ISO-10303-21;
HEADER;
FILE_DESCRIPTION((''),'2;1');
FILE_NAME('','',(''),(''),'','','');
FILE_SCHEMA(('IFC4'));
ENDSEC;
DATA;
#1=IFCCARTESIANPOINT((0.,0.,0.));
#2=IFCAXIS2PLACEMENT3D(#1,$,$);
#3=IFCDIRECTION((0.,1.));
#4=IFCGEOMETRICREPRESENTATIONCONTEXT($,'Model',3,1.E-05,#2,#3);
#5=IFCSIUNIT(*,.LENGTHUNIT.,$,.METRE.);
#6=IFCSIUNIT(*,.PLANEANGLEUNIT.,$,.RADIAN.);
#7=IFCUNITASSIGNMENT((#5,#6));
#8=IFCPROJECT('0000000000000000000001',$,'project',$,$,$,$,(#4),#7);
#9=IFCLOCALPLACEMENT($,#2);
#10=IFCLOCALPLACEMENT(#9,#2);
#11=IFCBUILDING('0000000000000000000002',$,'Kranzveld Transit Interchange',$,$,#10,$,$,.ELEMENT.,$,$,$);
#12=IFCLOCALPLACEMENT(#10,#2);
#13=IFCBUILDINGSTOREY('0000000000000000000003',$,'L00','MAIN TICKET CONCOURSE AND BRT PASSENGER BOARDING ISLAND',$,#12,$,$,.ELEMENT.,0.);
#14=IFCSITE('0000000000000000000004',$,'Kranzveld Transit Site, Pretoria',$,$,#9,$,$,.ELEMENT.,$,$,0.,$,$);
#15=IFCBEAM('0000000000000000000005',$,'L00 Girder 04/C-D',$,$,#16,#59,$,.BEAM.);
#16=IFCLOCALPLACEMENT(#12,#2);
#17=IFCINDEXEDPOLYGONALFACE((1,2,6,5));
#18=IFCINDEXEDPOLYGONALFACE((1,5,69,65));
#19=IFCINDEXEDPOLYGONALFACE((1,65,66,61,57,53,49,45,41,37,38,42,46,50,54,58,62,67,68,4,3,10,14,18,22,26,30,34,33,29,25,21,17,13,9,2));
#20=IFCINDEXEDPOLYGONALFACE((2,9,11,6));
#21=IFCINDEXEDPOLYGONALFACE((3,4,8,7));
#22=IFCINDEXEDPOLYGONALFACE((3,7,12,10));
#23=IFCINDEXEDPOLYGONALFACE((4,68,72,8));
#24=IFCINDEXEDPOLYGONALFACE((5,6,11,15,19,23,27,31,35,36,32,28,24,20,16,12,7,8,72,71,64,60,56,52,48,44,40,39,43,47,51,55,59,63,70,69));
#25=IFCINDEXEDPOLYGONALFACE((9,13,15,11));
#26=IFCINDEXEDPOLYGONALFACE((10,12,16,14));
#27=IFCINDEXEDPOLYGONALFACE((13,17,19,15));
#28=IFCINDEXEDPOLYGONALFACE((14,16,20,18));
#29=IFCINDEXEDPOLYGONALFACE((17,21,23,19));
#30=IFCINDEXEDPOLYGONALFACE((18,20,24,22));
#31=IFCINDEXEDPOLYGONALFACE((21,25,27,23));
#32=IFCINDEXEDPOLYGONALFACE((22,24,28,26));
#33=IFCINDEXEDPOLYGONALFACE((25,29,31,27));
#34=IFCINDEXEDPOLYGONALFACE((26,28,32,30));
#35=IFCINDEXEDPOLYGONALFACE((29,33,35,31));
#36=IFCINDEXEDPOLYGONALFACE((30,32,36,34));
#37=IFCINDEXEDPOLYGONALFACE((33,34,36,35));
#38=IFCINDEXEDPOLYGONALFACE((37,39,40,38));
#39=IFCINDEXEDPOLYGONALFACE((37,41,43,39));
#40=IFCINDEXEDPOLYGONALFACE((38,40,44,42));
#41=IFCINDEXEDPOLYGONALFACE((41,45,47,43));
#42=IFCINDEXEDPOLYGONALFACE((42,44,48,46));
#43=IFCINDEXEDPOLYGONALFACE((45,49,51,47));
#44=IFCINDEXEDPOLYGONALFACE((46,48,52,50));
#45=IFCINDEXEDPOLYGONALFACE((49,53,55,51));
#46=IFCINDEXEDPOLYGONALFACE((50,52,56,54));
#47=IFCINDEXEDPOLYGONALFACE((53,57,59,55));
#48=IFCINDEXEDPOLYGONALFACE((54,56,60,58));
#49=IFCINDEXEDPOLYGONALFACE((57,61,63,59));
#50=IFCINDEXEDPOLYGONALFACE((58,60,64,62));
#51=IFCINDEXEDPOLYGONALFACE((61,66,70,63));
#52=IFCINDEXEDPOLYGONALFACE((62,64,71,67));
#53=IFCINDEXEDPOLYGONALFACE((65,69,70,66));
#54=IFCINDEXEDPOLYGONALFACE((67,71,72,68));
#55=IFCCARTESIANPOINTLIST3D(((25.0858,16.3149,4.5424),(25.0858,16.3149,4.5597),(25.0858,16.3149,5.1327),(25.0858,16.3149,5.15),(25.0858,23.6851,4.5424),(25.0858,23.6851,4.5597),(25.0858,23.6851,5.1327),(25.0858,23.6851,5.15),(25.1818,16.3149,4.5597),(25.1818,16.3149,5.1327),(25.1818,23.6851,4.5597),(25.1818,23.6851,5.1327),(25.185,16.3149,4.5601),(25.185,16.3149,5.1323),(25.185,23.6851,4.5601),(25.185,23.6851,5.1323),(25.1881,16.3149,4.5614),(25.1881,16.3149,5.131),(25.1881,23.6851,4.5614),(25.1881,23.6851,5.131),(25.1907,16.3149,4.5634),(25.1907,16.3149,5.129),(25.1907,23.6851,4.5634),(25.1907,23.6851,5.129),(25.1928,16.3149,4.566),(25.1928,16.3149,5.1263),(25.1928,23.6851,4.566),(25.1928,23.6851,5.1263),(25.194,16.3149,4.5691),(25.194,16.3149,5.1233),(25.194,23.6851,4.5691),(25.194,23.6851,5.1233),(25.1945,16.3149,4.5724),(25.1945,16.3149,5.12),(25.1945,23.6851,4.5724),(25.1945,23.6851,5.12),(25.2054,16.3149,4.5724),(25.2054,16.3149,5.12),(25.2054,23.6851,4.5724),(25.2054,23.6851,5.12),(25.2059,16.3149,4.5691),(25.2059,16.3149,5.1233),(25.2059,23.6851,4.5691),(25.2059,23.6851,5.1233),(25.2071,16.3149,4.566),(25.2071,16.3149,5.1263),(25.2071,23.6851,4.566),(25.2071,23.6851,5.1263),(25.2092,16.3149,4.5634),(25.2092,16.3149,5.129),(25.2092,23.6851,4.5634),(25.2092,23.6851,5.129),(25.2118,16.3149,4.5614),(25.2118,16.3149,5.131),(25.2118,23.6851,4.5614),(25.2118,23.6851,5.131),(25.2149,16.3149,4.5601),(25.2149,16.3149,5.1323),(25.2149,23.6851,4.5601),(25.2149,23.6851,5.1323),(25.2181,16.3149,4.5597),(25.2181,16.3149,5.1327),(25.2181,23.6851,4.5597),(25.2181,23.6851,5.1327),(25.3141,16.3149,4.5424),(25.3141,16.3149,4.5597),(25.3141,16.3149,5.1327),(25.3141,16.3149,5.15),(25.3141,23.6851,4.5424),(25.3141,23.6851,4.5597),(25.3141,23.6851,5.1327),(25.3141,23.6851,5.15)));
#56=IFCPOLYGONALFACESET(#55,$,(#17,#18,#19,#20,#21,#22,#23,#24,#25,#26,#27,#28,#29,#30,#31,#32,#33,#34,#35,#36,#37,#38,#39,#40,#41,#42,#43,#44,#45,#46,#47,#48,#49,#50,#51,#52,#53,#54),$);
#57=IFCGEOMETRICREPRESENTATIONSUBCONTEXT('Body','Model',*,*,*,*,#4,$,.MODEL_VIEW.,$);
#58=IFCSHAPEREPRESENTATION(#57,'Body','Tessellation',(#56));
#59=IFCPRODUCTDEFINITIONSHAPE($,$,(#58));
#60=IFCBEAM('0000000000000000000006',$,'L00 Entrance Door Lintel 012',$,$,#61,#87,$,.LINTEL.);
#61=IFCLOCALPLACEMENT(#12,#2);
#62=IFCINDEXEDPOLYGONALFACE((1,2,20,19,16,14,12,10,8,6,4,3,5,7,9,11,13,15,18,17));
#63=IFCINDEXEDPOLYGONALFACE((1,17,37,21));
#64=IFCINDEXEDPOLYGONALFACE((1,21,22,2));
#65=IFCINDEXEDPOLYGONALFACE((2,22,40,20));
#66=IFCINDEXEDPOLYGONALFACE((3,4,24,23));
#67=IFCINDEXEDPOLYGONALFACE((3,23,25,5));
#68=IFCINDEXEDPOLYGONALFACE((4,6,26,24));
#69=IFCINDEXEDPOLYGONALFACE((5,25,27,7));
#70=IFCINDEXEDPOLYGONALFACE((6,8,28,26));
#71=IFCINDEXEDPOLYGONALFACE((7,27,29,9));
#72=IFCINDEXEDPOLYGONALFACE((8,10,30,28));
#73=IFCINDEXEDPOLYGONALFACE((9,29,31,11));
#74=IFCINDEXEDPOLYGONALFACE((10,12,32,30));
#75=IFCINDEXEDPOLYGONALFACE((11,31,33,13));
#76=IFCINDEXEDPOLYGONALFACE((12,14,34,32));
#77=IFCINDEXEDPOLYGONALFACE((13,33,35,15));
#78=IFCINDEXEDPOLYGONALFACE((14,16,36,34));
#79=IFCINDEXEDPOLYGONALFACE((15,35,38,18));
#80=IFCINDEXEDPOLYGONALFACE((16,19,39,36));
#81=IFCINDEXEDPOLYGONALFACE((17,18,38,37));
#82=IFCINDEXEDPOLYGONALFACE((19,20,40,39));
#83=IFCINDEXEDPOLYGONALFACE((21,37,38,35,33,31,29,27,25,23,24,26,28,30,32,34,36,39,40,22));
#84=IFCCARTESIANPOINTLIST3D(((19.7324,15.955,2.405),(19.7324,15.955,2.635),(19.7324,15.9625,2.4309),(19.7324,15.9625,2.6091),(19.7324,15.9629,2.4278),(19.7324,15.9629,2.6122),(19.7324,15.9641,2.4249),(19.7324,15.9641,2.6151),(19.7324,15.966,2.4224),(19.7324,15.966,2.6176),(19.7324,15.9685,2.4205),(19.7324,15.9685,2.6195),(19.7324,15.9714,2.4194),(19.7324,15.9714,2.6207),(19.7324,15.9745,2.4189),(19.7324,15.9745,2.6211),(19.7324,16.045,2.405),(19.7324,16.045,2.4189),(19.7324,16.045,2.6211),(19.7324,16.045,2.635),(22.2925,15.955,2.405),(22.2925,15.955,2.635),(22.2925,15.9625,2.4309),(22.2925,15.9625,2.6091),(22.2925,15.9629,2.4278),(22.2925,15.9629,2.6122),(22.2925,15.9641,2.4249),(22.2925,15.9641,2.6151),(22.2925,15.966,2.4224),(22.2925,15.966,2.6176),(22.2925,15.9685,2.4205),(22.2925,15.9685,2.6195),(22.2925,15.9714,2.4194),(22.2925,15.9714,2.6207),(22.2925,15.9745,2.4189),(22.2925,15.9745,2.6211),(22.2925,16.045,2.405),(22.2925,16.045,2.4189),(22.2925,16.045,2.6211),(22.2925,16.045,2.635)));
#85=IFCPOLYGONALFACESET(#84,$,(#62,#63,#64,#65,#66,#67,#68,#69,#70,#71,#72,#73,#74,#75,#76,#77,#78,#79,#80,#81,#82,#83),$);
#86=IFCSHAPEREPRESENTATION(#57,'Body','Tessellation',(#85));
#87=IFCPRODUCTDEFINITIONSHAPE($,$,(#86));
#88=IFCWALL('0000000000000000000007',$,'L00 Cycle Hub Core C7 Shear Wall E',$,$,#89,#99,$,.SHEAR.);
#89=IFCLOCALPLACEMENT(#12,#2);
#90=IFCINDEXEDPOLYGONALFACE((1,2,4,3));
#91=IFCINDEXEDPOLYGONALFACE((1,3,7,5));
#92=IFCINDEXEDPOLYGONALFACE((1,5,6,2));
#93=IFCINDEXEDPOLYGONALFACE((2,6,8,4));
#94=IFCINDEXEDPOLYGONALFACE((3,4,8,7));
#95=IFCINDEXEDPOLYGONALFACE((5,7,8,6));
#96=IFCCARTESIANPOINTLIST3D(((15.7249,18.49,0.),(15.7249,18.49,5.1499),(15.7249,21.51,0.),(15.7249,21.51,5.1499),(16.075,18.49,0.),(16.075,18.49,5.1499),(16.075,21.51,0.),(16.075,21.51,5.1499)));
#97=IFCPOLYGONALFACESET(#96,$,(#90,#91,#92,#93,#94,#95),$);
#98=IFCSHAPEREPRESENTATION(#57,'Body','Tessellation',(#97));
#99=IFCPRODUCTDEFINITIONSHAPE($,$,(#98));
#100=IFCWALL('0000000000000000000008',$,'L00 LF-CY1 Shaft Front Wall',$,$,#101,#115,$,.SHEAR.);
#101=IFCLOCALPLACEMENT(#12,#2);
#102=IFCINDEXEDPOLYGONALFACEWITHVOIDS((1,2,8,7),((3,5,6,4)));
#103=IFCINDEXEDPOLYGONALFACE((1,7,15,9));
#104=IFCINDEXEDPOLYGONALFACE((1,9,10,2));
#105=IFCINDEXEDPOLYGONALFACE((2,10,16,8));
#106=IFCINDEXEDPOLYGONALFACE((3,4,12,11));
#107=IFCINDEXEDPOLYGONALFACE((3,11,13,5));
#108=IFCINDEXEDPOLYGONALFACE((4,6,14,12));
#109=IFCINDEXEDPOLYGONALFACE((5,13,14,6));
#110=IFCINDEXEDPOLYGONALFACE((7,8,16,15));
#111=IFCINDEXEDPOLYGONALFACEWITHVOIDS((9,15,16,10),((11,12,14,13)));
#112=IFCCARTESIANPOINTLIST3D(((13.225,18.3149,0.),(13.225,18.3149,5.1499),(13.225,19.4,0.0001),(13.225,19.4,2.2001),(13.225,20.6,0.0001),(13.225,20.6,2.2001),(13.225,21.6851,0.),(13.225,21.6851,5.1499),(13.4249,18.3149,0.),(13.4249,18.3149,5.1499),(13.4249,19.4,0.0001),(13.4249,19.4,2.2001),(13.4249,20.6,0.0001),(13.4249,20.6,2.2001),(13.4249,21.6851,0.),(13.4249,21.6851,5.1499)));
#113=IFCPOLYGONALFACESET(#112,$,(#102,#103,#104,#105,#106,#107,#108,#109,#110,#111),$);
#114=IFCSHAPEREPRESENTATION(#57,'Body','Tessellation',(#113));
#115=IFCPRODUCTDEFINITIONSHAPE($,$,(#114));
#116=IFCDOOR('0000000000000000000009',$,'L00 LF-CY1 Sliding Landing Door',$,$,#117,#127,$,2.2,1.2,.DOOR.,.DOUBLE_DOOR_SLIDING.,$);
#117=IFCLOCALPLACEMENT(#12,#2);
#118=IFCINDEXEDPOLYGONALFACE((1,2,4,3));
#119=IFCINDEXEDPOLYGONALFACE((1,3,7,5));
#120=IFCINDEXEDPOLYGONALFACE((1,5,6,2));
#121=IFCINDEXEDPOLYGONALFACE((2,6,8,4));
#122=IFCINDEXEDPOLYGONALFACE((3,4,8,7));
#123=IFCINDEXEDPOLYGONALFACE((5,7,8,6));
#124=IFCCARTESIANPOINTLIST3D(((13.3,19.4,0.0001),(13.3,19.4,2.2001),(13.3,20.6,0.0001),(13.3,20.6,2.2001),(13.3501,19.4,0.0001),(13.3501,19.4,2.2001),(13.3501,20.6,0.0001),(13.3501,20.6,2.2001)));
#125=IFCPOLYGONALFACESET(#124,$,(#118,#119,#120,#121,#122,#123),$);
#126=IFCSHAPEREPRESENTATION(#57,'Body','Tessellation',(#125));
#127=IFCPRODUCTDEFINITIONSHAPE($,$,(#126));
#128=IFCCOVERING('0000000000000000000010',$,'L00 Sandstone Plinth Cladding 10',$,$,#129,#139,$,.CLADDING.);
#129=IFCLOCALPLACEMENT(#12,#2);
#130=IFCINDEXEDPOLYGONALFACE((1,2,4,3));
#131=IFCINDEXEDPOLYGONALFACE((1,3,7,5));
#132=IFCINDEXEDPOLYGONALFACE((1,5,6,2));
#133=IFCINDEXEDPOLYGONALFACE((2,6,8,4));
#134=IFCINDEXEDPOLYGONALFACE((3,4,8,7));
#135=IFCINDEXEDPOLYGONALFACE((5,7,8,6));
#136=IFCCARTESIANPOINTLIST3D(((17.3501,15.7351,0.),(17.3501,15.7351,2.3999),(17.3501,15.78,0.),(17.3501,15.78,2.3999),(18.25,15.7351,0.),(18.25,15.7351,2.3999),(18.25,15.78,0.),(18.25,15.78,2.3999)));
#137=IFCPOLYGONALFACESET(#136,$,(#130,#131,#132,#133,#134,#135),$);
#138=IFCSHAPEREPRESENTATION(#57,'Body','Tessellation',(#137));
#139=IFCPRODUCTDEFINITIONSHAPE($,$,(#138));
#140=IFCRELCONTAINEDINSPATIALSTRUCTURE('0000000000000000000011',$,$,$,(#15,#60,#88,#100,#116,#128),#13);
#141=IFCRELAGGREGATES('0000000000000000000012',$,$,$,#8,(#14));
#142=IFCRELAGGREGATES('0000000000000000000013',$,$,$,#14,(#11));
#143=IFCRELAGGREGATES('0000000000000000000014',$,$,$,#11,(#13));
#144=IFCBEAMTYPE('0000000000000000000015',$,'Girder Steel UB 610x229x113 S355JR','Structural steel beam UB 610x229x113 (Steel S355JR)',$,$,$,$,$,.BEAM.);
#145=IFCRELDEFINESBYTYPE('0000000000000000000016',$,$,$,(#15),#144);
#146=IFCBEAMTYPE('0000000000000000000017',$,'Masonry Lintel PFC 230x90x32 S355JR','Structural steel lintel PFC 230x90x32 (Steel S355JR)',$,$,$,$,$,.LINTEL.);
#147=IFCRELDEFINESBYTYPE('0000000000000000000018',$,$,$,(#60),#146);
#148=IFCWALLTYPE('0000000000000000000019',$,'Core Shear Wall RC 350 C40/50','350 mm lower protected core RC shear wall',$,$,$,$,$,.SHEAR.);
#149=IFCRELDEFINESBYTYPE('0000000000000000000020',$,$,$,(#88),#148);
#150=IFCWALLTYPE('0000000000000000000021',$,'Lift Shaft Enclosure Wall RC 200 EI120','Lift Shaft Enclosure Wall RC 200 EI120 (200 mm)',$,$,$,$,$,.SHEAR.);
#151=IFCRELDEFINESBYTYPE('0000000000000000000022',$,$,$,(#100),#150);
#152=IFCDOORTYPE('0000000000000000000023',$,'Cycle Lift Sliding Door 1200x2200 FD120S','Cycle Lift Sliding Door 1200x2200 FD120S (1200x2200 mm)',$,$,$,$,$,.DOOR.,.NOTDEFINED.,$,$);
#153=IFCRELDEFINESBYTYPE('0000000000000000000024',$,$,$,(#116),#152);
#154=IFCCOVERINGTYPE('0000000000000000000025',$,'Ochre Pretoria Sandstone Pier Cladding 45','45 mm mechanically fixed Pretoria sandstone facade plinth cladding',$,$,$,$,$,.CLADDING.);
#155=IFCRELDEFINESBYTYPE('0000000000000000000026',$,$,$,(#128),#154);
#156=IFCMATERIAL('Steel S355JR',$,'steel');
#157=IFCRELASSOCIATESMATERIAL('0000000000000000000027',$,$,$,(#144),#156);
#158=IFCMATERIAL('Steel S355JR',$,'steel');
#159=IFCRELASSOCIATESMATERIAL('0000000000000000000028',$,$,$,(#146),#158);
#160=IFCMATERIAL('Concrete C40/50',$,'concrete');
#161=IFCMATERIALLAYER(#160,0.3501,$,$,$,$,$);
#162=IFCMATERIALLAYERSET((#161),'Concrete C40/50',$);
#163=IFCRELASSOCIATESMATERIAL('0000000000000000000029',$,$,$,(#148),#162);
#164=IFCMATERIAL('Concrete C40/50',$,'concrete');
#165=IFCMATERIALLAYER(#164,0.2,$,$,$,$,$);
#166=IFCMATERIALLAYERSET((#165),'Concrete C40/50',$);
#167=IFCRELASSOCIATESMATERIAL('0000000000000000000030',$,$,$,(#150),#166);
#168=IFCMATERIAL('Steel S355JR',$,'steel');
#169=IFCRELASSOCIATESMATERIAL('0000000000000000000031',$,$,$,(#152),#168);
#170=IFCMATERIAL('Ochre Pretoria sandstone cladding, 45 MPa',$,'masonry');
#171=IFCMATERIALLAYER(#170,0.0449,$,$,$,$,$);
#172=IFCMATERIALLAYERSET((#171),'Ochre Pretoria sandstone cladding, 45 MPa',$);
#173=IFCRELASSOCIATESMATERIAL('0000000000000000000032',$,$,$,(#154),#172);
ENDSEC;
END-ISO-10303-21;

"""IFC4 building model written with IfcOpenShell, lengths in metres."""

from ifc_helpers import new_model, si_unit, direction, frame, frame_2d, origin, origin_2d, place, context, subcontext, project, spatial, rectangle, i_section, u_section, extrude, material, layer, layer_set, material_profile, profile_set, type_object, element, fill, save


model = new_model("IFC4")

# Units and contexts
model_context = context("Model", 3, precision=1e-05, world=origin(), true_north=direction((0.0, 1.0)))
body_context = subcontext(model_context, "Body", "Model", "MODEL_VIEW")
ifc_project = project(units=[si_unit("LENGTHUNIT", "METRE"), si_unit("PLANEANGLEUNIT", "RADIAN")], contexts=[model_context])

# Site, building, storey
site_placement = place(None, origin())
site = spatial("IfcSite", under=ifc_project, at=site_placement, Name="Kranzveld Transit Site, Pretoria", CompositionType="ELEMENT", RefElevation=0.0)
building_placement = place(site_placement, origin())
building = spatial("IfcBuilding", under=site, at=building_placement, Name="Kranzveld Transit Interchange", CompositionType="ELEMENT")
storey_placement = place(building_placement, origin())
storey = spatial("IfcBuildingStorey", under=building, at=storey_placement, Name="L00", Description="MAIN TICKET CONCOURSE AND BRT PASSENGER BOARDING ISLAND", CompositionType="ELEMENT", Elevation=0.0)

# Beams
ifc_material_1 = material(Name="Steel S355JR", Category="steel")
ifc_material_profile_1 = material_profile(ifc_material_1, i_section(OverallWidth=0.2283, OverallDepth=0.6077, WebThickness=0.011, FlangeThickness=0.0173, FilletRadius=0.0127, at=origin_2d()), Name="UB 610x229x113")
ifc_profile_set_1 = profile_set([ifc_material_profile_1], Name="Steel S355JR")
beam_type_1 = type_object("IfcBeamType", Name="Girder Steel UB 610x229x113 S355JR", Description="Structural steel beam UB 610x229x113 (Steel S355JR)", PredefinedType="BEAM", material=ifc_profile_set_1)
beam_1_placement = place(storey_placement, frame((25.2, 16.3149, 4.8462), z_axis=(0.0, 1.0, 0.0), x_axis=(-1.0, 0.0, 0.0)))
element("IfcBeam", 1, at=beam_1_placement, inside=storey, type_object=beam_type_1, Name="L00 Girder 04/C-D", PredefinedType="BEAM", context=body_context, shape_type="SweptSolid", body=[
    extrude(i_section(OverallWidth=0.2283, OverallDepth=0.6077, WebThickness=0.011, FlangeThickness=0.0173, FilletRadius=0.0127, at=origin_2d()), origin(), (0.0, 0.0, 1.0), 7.3701),
])
ifc_material_2 = material(Name="Steel S355JR", Category="steel")
ifc_material_profile_2 = material_profile(ifc_material_2, u_section(Depth=0.23, FlangeWidth=0.0901, WebThickness=0.0076, FlangeThickness=0.0139, FilletRadius=0.012, at=origin_2d()), Name="PFC 230x90x32")
ifc_profile_set_2 = profile_set([ifc_material_profile_2], Name="Steel S355JR")
beam_type_2 = type_object("IfcBeamType", Name="Masonry Lintel PFC 230x90x32 S355JR", Description="Structural steel lintel PFC 230x90x32 (Steel S355JR)", PredefinedType="LINTEL", material=ifc_profile_set_2)
beam_2_placement = place(storey_placement, frame((19.7324, 16.0, 2.52), z_axis=(1.0, 0.0, 0.0), x_axis=(0.0, 1.0, 0.0)))
element("IfcBeam", 2, at=beam_2_placement, inside=storey, type_object=beam_type_2, Name="L00 Entrance Door Lintel 012", PredefinedType="LINTEL", context=body_context, shape_type="SweptSolid", body=[
    extrude(u_section(Depth=0.23, FlangeWidth=0.0901, WebThickness=0.0076, FlangeThickness=0.0139, FilletRadius=0.012, at=origin_2d()), origin(), (0.0, 0.0, 1.0), 2.5601),
])

# Wall
ifc_material_3 = material(Name="Concrete C40/50", Category="concrete")
ifc_layer_1 = layer(ifc_material_3, 0.3501)
ifc_layer_set_1 = layer_set([ifc_layer_1], Name="Concrete C40/50")
wall_type_1 = type_object("IfcWallType", Name="Core Shear Wall RC 350 C40/50", Description="350 mm lower protected core RC shear wall", PredefinedType="SHEAR", material=ifc_layer_set_1)
wall_1_placement = place(storey_placement, frame((15.8999, 18.49, 0.0), z_axis=(0.0, 0.0, 1.0), x_axis=(0.0, 1.0, 0.0)))
element("IfcWall", 3, at=wall_1_placement, inside=storey, type_object=wall_type_1, Name="L00 Cycle Hub Core C7 Shear Wall E", PredefinedType="SHEAR", context=body_context, shape_type="SweptSolid", body=[
    extrude(rectangle(XDim=3.02, YDim=0.3501, at=frame_2d((1.51, 0.0))), origin(), (0.0, 0.0, 1.0), 5.1499),
])

# Wall, opening, door
ifc_material_4 = material(Name="Concrete C40/50", Category="concrete")
ifc_layer_2 = layer(ifc_material_4, 0.2)
ifc_layer_set_2 = layer_set([ifc_layer_2], Name="Concrete C40/50")
wall_type_2 = type_object("IfcWallType", Name="Lift Shaft Enclosure Wall RC 200 EI120", Description="Lift Shaft Enclosure Wall RC 200 EI120 (200 mm)", PredefinedType="SHEAR", material=ifc_layer_set_2)
wall_2_placement = place(storey_placement, frame((13.325, 18.3149, 0.0), z_axis=(0.0, 0.0, 1.0), x_axis=(0.0, 1.0, 0.0)))
wall_2 = element("IfcWall", 4, at=wall_2_placement, inside=storey, type_object=wall_type_2, Name="L00 LF-CY1 Shaft Front Wall", PredefinedType="SHEAR", context=body_context, shape_type="SweptSolid", body=[
    extrude(rectangle(XDim=3.3701, YDim=0.2, at=frame_2d((1.6851, 0.0))), origin(), (0.0, 0.0, 1.0), 5.1499),
])
opening_1_placement = place(wall_2_placement, frame((1.085, 0.0, 0.0), z_axis=(0.0, 0.0, 1.0), x_axis=(1.0, 0.0, 0.0)))
opening_1 = element("IfcOpeningElement", 5, at=opening_1_placement, cuts=wall_2, PredefinedType="OPENING", context=body_context, shape_type="SweptSolid", body=[
    extrude(rectangle(XDim=1.2, YDim=2.2, at=frame_2d((0.6001, 1.1001))), frame((0.0, 0.1099, 0.0), z_axis=(0.0, -1.0, 0.0), x_axis=(1.0, 0.0, 0.0)), (0.0, 0.0, 1.0), 0.22),
])
ifc_material_5 = material(Name="Steel S355JR", Category="steel")
door_type_1 = type_object("IfcDoorType", Name="Cycle Lift Sliding Door 1200x2200 FD120S", Description="Cycle Lift Sliding Door 1200x2200 FD120S (1200x2200 mm)", OperationType="NOTDEFINED", PredefinedType="DOOR", material=ifc_material_5)
door_1_placement = place(opening_1_placement, origin())
door_1 = element("IfcDoor", 6, at=door_1_placement, inside=storey, type_object=door_type_1, Name="L00 LF-CY1 Sliding Landing Door", OperationType="DOUBLE_DOOR_SLIDING", OverallHeight=2.2, OverallWidth=1.2, PredefinedType="DOOR", context=body_context, shape_type="SweptSolid", body=[
    extrude(rectangle(XDim=1.2, YDim=2.2, at=frame_2d((0.6001, 1.1001))), frame((0.0, 0.0249, 0.0), z_axis=(0.0, -1.0, 0.0), x_axis=(1.0, 0.0, 0.0)), (0.0, 0.0, 1.0), 0.05),
])
fill(opening_1, door_1)

# Covering
ifc_material_6 = material(Name="Ochre Pretoria sandstone cladding, 45 MPa", Category="masonry")
ifc_layer_3 = layer(ifc_material_6, 0.0449)
ifc_layer_set_3 = layer_set([ifc_layer_3], Name="Ochre Pretoria sandstone cladding, 45 MPa")
covering_type = type_object("IfcCoveringType", Name="Ochre Pretoria Sandstone Pier Cladding 45", Description="45 mm mechanically fixed Pretoria sandstone facade plinth cladding", PredefinedType="CLADDING", material=ifc_layer_set_3)
covering_placement = place(storey_placement, frame((17.8, 15.7576, 0.0), z_axis=(0.0, 0.0, 1.0), x_axis=(1.0, 0.0, 0.0)))
element("IfcCovering", 7, at=covering_placement, inside=storey, type_object=covering_type, Name="L00 Sandstone Plinth Cladding 10", PredefinedType="CLADDING", context=body_context, shape_type="SweptSolid", body=[
    extrude(rectangle(XDim=0.8999, YDim=0.0449, at=origin_2d()), origin(), (0.0, 0.0, 1.0), 2.3999),
])

save(model, "model.ifc")
